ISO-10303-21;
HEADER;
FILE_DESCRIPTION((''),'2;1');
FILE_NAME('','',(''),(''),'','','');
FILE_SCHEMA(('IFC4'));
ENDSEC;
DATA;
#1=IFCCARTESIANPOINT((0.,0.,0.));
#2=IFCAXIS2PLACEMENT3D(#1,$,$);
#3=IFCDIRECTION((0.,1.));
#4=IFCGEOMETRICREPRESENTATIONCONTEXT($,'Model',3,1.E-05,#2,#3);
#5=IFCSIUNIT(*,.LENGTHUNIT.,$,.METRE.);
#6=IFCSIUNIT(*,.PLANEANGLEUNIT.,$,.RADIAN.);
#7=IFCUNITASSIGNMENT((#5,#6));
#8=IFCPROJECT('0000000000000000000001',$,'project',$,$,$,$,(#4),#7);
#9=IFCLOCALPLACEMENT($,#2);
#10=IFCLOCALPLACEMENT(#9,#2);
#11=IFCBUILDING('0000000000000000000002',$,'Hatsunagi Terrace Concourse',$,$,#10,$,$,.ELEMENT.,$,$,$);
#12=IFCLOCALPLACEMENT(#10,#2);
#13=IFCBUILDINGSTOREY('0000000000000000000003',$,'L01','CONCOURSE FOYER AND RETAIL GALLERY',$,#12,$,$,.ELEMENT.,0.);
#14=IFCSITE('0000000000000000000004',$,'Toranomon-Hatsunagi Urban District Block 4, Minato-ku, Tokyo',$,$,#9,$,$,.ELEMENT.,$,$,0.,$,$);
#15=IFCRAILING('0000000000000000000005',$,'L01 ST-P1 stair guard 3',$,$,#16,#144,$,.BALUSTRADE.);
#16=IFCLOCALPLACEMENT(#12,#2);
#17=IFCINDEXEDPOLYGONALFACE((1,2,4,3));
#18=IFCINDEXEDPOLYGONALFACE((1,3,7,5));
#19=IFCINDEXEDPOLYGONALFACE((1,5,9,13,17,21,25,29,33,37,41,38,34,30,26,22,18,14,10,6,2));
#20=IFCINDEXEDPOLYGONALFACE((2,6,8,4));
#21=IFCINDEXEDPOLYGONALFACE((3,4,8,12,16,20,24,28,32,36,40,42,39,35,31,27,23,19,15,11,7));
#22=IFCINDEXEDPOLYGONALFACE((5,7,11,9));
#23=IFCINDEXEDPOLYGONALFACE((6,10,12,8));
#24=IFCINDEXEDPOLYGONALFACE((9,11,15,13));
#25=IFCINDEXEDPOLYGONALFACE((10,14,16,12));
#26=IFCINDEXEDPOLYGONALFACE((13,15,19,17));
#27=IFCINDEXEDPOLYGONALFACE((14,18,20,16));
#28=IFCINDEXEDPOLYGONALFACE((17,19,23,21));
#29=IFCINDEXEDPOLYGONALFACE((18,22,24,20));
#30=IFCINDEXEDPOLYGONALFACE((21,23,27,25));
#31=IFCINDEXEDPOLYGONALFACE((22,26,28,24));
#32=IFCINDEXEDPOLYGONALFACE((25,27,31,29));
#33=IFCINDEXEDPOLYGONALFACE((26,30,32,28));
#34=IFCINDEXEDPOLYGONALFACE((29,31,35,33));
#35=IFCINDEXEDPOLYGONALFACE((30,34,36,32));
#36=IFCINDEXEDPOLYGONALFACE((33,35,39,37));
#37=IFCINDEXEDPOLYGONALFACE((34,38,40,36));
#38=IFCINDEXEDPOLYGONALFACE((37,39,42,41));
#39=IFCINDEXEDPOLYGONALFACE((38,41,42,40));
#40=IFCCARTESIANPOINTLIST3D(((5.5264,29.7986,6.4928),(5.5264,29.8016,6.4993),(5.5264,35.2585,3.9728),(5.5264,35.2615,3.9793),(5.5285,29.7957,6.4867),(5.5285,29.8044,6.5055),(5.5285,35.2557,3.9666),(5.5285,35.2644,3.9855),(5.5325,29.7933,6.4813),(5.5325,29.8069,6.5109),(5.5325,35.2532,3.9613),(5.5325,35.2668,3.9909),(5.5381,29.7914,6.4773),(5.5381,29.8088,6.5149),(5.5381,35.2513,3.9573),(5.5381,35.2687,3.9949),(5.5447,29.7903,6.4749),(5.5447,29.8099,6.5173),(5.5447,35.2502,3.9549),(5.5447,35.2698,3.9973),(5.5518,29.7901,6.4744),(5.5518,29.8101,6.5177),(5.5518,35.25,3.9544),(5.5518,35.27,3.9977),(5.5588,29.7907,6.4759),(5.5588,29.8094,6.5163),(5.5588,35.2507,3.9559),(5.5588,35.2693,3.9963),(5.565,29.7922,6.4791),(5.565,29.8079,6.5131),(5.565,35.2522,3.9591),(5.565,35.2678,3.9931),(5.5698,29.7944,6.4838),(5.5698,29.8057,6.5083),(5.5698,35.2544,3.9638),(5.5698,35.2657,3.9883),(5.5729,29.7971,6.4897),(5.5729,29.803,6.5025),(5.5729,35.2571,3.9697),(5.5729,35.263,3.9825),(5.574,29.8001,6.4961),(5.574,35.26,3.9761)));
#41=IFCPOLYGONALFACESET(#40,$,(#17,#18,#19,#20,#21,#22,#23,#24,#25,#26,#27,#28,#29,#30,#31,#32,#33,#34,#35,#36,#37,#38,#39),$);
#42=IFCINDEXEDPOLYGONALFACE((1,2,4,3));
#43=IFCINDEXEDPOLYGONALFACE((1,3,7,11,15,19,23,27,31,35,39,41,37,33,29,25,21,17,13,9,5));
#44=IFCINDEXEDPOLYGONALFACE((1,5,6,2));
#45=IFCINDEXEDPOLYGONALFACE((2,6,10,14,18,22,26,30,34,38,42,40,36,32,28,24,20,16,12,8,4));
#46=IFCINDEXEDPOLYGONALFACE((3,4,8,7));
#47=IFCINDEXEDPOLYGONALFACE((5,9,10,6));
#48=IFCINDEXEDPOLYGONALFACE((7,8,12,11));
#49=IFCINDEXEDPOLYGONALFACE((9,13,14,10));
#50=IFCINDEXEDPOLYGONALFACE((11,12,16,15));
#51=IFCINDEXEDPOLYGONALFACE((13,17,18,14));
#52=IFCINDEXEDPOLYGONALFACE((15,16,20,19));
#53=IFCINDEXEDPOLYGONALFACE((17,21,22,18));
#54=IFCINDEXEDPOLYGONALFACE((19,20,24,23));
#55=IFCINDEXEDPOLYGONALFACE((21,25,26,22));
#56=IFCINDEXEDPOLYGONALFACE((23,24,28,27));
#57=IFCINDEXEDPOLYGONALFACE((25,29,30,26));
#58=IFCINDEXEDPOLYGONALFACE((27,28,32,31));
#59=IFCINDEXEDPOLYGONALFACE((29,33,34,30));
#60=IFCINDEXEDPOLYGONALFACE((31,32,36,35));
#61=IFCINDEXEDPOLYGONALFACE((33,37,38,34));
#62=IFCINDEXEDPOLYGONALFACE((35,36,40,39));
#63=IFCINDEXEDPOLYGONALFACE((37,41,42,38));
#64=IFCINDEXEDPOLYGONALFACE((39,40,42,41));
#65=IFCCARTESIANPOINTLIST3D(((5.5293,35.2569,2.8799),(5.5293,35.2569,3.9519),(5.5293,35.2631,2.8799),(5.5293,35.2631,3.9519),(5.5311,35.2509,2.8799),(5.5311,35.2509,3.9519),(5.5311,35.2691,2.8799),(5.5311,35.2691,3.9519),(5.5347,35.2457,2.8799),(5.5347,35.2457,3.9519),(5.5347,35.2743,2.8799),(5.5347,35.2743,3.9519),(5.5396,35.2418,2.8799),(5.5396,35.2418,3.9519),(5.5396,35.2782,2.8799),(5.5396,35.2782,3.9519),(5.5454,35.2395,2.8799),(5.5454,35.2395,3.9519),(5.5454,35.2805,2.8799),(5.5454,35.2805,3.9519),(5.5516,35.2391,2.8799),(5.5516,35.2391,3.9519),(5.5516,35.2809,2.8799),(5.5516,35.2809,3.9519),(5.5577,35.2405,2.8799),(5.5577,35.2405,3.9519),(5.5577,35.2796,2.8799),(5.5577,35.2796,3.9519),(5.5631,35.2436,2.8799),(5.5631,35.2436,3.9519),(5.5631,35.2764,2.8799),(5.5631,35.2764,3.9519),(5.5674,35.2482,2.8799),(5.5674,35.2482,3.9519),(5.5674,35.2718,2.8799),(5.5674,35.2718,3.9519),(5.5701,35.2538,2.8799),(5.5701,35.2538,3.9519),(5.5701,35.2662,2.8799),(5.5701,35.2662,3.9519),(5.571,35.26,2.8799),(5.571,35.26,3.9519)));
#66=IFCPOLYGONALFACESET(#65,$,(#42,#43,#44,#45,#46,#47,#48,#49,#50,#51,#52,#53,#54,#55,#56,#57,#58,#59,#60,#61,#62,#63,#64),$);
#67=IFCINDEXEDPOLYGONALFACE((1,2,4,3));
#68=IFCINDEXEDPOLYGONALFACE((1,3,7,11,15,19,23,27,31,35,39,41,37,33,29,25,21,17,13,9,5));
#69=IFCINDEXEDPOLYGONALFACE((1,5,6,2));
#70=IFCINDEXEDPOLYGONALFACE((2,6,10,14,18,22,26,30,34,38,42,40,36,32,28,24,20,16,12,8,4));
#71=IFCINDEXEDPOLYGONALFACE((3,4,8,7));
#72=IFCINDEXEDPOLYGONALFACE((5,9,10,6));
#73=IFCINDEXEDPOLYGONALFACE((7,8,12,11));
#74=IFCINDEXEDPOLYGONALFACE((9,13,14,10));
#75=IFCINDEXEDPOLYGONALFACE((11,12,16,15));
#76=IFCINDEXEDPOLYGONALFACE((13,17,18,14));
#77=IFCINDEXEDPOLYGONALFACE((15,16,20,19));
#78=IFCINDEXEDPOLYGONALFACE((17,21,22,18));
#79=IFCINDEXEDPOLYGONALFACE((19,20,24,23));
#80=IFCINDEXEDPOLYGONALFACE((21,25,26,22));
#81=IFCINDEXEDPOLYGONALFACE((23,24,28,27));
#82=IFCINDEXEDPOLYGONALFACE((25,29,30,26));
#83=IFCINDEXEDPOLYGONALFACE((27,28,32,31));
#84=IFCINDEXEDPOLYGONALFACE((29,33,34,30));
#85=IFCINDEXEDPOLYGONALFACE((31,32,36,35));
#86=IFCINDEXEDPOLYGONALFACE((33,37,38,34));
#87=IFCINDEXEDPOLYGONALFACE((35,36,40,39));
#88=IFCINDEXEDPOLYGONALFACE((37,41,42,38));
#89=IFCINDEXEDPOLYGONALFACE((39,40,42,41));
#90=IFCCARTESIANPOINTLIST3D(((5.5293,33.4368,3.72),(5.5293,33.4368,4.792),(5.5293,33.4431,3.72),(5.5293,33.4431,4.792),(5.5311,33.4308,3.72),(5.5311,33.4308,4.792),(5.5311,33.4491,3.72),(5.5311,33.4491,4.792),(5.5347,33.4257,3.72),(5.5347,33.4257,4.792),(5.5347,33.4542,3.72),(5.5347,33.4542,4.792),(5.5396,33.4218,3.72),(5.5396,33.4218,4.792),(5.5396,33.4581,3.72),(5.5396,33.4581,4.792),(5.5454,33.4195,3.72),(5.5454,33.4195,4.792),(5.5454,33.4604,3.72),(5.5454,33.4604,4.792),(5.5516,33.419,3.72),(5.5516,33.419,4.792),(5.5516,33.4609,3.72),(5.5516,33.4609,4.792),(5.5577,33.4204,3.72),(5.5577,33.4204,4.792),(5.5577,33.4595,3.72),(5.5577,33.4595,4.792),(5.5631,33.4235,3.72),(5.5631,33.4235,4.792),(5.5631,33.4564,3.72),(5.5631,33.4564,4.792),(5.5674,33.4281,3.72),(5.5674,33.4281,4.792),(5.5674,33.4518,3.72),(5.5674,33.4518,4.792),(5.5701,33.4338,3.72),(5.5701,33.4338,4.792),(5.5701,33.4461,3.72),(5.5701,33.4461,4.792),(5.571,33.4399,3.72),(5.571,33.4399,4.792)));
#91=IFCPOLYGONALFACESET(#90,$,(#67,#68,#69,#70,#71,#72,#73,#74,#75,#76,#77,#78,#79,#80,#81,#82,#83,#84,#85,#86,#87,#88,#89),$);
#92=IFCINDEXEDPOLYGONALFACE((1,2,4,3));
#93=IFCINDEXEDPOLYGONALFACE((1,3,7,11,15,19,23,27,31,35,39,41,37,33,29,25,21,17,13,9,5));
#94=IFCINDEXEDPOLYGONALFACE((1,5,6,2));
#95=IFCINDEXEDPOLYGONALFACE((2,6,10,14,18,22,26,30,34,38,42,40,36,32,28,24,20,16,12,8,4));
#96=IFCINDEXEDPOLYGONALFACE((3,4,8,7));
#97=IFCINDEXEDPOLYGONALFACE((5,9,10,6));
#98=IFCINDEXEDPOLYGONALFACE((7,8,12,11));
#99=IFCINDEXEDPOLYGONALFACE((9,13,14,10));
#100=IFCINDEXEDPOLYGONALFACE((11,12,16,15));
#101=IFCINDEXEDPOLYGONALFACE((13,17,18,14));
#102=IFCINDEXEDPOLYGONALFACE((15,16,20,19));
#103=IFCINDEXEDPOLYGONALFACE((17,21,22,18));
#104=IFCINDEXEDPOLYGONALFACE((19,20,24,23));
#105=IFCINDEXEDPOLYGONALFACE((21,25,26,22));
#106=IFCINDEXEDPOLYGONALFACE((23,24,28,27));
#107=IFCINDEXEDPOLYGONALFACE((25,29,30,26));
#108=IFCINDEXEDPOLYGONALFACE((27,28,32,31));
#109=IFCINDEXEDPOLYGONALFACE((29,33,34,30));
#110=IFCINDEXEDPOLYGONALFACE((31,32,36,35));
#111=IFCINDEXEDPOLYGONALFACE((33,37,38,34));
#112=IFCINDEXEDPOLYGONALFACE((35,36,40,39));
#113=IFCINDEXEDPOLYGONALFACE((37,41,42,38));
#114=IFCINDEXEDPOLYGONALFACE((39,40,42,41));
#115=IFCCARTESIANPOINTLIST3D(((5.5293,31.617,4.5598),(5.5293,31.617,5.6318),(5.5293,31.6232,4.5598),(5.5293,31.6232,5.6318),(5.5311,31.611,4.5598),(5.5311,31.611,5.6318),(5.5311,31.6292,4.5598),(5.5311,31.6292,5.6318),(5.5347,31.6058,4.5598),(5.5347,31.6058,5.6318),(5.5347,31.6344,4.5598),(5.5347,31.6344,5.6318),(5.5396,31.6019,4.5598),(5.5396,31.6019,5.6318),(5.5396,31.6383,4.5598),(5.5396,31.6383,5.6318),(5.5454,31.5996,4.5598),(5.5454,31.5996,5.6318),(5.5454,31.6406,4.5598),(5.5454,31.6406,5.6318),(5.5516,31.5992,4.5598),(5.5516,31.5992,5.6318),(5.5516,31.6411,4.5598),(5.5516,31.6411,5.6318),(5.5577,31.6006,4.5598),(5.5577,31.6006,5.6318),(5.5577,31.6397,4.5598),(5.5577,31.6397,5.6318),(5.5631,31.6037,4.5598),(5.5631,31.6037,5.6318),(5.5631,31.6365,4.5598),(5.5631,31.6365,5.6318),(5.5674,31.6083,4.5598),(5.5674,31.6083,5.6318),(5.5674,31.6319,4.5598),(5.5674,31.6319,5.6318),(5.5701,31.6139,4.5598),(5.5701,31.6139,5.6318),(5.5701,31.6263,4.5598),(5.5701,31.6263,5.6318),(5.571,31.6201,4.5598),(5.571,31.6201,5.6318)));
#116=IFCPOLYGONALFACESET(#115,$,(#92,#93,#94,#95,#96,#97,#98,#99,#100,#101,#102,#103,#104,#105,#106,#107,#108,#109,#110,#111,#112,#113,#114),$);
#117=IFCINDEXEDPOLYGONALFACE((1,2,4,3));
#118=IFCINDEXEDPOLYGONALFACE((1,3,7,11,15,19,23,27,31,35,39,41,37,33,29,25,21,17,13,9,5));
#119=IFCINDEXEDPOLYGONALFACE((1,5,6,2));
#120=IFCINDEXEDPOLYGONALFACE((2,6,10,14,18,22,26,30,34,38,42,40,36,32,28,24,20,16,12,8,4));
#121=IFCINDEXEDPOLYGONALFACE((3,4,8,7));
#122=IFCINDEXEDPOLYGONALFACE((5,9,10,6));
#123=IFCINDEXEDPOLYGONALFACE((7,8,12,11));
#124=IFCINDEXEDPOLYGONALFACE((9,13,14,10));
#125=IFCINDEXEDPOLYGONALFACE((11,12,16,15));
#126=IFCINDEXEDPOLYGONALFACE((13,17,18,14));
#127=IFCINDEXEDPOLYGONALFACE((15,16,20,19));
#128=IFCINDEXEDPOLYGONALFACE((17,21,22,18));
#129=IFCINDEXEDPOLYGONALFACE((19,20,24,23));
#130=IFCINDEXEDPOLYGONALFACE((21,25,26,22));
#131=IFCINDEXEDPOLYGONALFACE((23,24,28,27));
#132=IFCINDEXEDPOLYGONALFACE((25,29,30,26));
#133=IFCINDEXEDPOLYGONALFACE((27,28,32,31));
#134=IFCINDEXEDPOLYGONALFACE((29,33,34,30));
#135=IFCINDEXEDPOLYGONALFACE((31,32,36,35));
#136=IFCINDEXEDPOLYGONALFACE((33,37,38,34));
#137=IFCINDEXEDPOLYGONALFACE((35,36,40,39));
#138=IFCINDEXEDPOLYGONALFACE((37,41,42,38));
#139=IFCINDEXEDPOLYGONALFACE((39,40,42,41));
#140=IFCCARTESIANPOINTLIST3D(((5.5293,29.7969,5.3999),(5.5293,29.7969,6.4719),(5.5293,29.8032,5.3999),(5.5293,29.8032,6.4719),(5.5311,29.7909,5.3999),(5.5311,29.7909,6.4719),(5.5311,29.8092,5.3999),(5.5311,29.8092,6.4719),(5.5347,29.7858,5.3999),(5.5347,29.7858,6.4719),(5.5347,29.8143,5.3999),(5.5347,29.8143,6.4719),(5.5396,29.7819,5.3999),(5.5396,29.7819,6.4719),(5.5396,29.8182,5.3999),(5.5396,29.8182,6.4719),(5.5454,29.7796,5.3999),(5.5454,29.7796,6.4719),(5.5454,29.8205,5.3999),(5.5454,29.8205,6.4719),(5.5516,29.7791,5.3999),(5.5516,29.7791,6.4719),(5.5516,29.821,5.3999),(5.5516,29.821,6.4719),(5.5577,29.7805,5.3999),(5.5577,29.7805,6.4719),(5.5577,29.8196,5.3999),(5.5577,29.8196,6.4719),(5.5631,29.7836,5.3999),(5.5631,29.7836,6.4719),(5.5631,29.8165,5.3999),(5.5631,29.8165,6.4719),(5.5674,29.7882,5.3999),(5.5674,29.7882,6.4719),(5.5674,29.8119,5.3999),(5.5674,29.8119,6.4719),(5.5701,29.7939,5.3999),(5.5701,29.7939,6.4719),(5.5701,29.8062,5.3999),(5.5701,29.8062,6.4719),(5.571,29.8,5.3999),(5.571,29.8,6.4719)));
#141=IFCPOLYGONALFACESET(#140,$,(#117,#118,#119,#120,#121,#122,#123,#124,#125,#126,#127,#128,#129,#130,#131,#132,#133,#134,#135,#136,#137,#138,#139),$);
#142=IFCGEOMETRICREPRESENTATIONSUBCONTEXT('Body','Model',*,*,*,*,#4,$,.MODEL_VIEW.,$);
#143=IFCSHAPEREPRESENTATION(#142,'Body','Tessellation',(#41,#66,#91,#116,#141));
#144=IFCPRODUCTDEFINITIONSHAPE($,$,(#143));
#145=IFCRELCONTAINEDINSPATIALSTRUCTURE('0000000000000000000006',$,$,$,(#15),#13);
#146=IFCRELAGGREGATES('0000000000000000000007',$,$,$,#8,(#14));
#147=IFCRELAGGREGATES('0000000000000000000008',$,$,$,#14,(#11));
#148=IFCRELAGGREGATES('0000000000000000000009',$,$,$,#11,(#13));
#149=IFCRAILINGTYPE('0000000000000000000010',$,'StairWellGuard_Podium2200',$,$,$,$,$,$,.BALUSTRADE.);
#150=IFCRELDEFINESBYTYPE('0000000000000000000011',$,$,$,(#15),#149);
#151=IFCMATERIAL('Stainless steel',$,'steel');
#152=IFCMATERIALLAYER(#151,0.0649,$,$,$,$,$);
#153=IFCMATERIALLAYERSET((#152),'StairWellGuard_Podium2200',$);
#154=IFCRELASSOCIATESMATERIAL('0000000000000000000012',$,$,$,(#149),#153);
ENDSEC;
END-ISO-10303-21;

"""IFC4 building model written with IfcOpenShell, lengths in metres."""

from ifc_helpers import new_model, si_unit, direction, frame, origin, origin_2d, place, context, subcontext, project, spatial, circle, extrude, material, layer, layer_set, type_object, element, save


model = new_model("IFC4")

# Units and contexts
model_context = context("Model", 3, precision=1e-05, world=origin(), true_north=direction((0.0, 1.0)))
body_context = subcontext(model_context, "Body", "Model", "MODEL_VIEW")
ifc_project = project(units=[si_unit("LENGTHUNIT", "METRE"), si_unit("PLANEANGLEUNIT", "RADIAN")], contexts=[model_context])

# Site, building, storey
site_placement = place(None, origin())
site = spatial("IfcSite", under=ifc_project, at=site_placement, Name="Toranomon-Hatsunagi Urban District Block 4, Minato-ku, Tokyo", CompositionType="ELEMENT", RefElevation=0.0)
building_placement = place(site_placement, origin())
building = spatial("IfcBuilding", under=site, at=building_placement, Name="Hatsunagi Terrace Concourse", CompositionType="ELEMENT")
storey_placement = place(building_placement, origin())
storey = spatial("IfcBuildingStorey", under=building, at=storey_placement, Name="L01", Description="CONCOURSE FOYER AND RETAIL GALLERY", CompositionType="ELEMENT", Elevation=0.0)

# Railing
ifc_material_1 = material(Name="Stainless steel", Category="steel")
ifc_layer_1 = layer(ifc_material_1, 0.0649)
ifc_layer_set_1 = layer_set([ifc_layer_1], Name="StairWellGuard_Podium2200")
railing_type_1 = type_object("IfcRailingType", Name="StairWellGuard_Podium2200", PredefinedType="BALUSTRADE", material=ifc_layer_set_1)
railing_1_placement = place(storey_placement, frame((5.55, 35.26, 2.8799)))
element("IfcRailing", 1, at=railing_1_placement, inside=storey, type_object=railing_type_1, Name="L01 ST-P1 stair guard 3", PredefinedType="BALUSTRADE", context=body_context, shape_type="SweptSolid", body=[
    extrude(circle(Radius=0.0239, at=origin_2d()), frame((0.0, 0.0, 1.0962), z_axis=(0.0, -0.907957, 0.419063), x_axis=(1.0, 0.0, 0.0)), (0.0, 0.0, 1.0), 6.0134),
    extrude(circle(Radius=0.021, at=origin_2d()), origin(), (0.0, 0.0, 1.0), 1.072),
    extrude(circle(Radius=0.021, at=origin_2d()), frame((0.0, -1.8201, 0.8401)), (0.0, 0.0, 1.0), 1.072),
    extrude(circle(Radius=0.021, at=origin_2d()), frame((0.0, -3.6399, 1.6799)), (0.0, 0.0, 1.0), 1.072),
    extrude(circle(Radius=0.021, at=origin_2d()), frame((0.0, -5.46, 2.52)), (0.0, 0.0, 1.0), 1.072),
])

save(model, "model.ifc")
